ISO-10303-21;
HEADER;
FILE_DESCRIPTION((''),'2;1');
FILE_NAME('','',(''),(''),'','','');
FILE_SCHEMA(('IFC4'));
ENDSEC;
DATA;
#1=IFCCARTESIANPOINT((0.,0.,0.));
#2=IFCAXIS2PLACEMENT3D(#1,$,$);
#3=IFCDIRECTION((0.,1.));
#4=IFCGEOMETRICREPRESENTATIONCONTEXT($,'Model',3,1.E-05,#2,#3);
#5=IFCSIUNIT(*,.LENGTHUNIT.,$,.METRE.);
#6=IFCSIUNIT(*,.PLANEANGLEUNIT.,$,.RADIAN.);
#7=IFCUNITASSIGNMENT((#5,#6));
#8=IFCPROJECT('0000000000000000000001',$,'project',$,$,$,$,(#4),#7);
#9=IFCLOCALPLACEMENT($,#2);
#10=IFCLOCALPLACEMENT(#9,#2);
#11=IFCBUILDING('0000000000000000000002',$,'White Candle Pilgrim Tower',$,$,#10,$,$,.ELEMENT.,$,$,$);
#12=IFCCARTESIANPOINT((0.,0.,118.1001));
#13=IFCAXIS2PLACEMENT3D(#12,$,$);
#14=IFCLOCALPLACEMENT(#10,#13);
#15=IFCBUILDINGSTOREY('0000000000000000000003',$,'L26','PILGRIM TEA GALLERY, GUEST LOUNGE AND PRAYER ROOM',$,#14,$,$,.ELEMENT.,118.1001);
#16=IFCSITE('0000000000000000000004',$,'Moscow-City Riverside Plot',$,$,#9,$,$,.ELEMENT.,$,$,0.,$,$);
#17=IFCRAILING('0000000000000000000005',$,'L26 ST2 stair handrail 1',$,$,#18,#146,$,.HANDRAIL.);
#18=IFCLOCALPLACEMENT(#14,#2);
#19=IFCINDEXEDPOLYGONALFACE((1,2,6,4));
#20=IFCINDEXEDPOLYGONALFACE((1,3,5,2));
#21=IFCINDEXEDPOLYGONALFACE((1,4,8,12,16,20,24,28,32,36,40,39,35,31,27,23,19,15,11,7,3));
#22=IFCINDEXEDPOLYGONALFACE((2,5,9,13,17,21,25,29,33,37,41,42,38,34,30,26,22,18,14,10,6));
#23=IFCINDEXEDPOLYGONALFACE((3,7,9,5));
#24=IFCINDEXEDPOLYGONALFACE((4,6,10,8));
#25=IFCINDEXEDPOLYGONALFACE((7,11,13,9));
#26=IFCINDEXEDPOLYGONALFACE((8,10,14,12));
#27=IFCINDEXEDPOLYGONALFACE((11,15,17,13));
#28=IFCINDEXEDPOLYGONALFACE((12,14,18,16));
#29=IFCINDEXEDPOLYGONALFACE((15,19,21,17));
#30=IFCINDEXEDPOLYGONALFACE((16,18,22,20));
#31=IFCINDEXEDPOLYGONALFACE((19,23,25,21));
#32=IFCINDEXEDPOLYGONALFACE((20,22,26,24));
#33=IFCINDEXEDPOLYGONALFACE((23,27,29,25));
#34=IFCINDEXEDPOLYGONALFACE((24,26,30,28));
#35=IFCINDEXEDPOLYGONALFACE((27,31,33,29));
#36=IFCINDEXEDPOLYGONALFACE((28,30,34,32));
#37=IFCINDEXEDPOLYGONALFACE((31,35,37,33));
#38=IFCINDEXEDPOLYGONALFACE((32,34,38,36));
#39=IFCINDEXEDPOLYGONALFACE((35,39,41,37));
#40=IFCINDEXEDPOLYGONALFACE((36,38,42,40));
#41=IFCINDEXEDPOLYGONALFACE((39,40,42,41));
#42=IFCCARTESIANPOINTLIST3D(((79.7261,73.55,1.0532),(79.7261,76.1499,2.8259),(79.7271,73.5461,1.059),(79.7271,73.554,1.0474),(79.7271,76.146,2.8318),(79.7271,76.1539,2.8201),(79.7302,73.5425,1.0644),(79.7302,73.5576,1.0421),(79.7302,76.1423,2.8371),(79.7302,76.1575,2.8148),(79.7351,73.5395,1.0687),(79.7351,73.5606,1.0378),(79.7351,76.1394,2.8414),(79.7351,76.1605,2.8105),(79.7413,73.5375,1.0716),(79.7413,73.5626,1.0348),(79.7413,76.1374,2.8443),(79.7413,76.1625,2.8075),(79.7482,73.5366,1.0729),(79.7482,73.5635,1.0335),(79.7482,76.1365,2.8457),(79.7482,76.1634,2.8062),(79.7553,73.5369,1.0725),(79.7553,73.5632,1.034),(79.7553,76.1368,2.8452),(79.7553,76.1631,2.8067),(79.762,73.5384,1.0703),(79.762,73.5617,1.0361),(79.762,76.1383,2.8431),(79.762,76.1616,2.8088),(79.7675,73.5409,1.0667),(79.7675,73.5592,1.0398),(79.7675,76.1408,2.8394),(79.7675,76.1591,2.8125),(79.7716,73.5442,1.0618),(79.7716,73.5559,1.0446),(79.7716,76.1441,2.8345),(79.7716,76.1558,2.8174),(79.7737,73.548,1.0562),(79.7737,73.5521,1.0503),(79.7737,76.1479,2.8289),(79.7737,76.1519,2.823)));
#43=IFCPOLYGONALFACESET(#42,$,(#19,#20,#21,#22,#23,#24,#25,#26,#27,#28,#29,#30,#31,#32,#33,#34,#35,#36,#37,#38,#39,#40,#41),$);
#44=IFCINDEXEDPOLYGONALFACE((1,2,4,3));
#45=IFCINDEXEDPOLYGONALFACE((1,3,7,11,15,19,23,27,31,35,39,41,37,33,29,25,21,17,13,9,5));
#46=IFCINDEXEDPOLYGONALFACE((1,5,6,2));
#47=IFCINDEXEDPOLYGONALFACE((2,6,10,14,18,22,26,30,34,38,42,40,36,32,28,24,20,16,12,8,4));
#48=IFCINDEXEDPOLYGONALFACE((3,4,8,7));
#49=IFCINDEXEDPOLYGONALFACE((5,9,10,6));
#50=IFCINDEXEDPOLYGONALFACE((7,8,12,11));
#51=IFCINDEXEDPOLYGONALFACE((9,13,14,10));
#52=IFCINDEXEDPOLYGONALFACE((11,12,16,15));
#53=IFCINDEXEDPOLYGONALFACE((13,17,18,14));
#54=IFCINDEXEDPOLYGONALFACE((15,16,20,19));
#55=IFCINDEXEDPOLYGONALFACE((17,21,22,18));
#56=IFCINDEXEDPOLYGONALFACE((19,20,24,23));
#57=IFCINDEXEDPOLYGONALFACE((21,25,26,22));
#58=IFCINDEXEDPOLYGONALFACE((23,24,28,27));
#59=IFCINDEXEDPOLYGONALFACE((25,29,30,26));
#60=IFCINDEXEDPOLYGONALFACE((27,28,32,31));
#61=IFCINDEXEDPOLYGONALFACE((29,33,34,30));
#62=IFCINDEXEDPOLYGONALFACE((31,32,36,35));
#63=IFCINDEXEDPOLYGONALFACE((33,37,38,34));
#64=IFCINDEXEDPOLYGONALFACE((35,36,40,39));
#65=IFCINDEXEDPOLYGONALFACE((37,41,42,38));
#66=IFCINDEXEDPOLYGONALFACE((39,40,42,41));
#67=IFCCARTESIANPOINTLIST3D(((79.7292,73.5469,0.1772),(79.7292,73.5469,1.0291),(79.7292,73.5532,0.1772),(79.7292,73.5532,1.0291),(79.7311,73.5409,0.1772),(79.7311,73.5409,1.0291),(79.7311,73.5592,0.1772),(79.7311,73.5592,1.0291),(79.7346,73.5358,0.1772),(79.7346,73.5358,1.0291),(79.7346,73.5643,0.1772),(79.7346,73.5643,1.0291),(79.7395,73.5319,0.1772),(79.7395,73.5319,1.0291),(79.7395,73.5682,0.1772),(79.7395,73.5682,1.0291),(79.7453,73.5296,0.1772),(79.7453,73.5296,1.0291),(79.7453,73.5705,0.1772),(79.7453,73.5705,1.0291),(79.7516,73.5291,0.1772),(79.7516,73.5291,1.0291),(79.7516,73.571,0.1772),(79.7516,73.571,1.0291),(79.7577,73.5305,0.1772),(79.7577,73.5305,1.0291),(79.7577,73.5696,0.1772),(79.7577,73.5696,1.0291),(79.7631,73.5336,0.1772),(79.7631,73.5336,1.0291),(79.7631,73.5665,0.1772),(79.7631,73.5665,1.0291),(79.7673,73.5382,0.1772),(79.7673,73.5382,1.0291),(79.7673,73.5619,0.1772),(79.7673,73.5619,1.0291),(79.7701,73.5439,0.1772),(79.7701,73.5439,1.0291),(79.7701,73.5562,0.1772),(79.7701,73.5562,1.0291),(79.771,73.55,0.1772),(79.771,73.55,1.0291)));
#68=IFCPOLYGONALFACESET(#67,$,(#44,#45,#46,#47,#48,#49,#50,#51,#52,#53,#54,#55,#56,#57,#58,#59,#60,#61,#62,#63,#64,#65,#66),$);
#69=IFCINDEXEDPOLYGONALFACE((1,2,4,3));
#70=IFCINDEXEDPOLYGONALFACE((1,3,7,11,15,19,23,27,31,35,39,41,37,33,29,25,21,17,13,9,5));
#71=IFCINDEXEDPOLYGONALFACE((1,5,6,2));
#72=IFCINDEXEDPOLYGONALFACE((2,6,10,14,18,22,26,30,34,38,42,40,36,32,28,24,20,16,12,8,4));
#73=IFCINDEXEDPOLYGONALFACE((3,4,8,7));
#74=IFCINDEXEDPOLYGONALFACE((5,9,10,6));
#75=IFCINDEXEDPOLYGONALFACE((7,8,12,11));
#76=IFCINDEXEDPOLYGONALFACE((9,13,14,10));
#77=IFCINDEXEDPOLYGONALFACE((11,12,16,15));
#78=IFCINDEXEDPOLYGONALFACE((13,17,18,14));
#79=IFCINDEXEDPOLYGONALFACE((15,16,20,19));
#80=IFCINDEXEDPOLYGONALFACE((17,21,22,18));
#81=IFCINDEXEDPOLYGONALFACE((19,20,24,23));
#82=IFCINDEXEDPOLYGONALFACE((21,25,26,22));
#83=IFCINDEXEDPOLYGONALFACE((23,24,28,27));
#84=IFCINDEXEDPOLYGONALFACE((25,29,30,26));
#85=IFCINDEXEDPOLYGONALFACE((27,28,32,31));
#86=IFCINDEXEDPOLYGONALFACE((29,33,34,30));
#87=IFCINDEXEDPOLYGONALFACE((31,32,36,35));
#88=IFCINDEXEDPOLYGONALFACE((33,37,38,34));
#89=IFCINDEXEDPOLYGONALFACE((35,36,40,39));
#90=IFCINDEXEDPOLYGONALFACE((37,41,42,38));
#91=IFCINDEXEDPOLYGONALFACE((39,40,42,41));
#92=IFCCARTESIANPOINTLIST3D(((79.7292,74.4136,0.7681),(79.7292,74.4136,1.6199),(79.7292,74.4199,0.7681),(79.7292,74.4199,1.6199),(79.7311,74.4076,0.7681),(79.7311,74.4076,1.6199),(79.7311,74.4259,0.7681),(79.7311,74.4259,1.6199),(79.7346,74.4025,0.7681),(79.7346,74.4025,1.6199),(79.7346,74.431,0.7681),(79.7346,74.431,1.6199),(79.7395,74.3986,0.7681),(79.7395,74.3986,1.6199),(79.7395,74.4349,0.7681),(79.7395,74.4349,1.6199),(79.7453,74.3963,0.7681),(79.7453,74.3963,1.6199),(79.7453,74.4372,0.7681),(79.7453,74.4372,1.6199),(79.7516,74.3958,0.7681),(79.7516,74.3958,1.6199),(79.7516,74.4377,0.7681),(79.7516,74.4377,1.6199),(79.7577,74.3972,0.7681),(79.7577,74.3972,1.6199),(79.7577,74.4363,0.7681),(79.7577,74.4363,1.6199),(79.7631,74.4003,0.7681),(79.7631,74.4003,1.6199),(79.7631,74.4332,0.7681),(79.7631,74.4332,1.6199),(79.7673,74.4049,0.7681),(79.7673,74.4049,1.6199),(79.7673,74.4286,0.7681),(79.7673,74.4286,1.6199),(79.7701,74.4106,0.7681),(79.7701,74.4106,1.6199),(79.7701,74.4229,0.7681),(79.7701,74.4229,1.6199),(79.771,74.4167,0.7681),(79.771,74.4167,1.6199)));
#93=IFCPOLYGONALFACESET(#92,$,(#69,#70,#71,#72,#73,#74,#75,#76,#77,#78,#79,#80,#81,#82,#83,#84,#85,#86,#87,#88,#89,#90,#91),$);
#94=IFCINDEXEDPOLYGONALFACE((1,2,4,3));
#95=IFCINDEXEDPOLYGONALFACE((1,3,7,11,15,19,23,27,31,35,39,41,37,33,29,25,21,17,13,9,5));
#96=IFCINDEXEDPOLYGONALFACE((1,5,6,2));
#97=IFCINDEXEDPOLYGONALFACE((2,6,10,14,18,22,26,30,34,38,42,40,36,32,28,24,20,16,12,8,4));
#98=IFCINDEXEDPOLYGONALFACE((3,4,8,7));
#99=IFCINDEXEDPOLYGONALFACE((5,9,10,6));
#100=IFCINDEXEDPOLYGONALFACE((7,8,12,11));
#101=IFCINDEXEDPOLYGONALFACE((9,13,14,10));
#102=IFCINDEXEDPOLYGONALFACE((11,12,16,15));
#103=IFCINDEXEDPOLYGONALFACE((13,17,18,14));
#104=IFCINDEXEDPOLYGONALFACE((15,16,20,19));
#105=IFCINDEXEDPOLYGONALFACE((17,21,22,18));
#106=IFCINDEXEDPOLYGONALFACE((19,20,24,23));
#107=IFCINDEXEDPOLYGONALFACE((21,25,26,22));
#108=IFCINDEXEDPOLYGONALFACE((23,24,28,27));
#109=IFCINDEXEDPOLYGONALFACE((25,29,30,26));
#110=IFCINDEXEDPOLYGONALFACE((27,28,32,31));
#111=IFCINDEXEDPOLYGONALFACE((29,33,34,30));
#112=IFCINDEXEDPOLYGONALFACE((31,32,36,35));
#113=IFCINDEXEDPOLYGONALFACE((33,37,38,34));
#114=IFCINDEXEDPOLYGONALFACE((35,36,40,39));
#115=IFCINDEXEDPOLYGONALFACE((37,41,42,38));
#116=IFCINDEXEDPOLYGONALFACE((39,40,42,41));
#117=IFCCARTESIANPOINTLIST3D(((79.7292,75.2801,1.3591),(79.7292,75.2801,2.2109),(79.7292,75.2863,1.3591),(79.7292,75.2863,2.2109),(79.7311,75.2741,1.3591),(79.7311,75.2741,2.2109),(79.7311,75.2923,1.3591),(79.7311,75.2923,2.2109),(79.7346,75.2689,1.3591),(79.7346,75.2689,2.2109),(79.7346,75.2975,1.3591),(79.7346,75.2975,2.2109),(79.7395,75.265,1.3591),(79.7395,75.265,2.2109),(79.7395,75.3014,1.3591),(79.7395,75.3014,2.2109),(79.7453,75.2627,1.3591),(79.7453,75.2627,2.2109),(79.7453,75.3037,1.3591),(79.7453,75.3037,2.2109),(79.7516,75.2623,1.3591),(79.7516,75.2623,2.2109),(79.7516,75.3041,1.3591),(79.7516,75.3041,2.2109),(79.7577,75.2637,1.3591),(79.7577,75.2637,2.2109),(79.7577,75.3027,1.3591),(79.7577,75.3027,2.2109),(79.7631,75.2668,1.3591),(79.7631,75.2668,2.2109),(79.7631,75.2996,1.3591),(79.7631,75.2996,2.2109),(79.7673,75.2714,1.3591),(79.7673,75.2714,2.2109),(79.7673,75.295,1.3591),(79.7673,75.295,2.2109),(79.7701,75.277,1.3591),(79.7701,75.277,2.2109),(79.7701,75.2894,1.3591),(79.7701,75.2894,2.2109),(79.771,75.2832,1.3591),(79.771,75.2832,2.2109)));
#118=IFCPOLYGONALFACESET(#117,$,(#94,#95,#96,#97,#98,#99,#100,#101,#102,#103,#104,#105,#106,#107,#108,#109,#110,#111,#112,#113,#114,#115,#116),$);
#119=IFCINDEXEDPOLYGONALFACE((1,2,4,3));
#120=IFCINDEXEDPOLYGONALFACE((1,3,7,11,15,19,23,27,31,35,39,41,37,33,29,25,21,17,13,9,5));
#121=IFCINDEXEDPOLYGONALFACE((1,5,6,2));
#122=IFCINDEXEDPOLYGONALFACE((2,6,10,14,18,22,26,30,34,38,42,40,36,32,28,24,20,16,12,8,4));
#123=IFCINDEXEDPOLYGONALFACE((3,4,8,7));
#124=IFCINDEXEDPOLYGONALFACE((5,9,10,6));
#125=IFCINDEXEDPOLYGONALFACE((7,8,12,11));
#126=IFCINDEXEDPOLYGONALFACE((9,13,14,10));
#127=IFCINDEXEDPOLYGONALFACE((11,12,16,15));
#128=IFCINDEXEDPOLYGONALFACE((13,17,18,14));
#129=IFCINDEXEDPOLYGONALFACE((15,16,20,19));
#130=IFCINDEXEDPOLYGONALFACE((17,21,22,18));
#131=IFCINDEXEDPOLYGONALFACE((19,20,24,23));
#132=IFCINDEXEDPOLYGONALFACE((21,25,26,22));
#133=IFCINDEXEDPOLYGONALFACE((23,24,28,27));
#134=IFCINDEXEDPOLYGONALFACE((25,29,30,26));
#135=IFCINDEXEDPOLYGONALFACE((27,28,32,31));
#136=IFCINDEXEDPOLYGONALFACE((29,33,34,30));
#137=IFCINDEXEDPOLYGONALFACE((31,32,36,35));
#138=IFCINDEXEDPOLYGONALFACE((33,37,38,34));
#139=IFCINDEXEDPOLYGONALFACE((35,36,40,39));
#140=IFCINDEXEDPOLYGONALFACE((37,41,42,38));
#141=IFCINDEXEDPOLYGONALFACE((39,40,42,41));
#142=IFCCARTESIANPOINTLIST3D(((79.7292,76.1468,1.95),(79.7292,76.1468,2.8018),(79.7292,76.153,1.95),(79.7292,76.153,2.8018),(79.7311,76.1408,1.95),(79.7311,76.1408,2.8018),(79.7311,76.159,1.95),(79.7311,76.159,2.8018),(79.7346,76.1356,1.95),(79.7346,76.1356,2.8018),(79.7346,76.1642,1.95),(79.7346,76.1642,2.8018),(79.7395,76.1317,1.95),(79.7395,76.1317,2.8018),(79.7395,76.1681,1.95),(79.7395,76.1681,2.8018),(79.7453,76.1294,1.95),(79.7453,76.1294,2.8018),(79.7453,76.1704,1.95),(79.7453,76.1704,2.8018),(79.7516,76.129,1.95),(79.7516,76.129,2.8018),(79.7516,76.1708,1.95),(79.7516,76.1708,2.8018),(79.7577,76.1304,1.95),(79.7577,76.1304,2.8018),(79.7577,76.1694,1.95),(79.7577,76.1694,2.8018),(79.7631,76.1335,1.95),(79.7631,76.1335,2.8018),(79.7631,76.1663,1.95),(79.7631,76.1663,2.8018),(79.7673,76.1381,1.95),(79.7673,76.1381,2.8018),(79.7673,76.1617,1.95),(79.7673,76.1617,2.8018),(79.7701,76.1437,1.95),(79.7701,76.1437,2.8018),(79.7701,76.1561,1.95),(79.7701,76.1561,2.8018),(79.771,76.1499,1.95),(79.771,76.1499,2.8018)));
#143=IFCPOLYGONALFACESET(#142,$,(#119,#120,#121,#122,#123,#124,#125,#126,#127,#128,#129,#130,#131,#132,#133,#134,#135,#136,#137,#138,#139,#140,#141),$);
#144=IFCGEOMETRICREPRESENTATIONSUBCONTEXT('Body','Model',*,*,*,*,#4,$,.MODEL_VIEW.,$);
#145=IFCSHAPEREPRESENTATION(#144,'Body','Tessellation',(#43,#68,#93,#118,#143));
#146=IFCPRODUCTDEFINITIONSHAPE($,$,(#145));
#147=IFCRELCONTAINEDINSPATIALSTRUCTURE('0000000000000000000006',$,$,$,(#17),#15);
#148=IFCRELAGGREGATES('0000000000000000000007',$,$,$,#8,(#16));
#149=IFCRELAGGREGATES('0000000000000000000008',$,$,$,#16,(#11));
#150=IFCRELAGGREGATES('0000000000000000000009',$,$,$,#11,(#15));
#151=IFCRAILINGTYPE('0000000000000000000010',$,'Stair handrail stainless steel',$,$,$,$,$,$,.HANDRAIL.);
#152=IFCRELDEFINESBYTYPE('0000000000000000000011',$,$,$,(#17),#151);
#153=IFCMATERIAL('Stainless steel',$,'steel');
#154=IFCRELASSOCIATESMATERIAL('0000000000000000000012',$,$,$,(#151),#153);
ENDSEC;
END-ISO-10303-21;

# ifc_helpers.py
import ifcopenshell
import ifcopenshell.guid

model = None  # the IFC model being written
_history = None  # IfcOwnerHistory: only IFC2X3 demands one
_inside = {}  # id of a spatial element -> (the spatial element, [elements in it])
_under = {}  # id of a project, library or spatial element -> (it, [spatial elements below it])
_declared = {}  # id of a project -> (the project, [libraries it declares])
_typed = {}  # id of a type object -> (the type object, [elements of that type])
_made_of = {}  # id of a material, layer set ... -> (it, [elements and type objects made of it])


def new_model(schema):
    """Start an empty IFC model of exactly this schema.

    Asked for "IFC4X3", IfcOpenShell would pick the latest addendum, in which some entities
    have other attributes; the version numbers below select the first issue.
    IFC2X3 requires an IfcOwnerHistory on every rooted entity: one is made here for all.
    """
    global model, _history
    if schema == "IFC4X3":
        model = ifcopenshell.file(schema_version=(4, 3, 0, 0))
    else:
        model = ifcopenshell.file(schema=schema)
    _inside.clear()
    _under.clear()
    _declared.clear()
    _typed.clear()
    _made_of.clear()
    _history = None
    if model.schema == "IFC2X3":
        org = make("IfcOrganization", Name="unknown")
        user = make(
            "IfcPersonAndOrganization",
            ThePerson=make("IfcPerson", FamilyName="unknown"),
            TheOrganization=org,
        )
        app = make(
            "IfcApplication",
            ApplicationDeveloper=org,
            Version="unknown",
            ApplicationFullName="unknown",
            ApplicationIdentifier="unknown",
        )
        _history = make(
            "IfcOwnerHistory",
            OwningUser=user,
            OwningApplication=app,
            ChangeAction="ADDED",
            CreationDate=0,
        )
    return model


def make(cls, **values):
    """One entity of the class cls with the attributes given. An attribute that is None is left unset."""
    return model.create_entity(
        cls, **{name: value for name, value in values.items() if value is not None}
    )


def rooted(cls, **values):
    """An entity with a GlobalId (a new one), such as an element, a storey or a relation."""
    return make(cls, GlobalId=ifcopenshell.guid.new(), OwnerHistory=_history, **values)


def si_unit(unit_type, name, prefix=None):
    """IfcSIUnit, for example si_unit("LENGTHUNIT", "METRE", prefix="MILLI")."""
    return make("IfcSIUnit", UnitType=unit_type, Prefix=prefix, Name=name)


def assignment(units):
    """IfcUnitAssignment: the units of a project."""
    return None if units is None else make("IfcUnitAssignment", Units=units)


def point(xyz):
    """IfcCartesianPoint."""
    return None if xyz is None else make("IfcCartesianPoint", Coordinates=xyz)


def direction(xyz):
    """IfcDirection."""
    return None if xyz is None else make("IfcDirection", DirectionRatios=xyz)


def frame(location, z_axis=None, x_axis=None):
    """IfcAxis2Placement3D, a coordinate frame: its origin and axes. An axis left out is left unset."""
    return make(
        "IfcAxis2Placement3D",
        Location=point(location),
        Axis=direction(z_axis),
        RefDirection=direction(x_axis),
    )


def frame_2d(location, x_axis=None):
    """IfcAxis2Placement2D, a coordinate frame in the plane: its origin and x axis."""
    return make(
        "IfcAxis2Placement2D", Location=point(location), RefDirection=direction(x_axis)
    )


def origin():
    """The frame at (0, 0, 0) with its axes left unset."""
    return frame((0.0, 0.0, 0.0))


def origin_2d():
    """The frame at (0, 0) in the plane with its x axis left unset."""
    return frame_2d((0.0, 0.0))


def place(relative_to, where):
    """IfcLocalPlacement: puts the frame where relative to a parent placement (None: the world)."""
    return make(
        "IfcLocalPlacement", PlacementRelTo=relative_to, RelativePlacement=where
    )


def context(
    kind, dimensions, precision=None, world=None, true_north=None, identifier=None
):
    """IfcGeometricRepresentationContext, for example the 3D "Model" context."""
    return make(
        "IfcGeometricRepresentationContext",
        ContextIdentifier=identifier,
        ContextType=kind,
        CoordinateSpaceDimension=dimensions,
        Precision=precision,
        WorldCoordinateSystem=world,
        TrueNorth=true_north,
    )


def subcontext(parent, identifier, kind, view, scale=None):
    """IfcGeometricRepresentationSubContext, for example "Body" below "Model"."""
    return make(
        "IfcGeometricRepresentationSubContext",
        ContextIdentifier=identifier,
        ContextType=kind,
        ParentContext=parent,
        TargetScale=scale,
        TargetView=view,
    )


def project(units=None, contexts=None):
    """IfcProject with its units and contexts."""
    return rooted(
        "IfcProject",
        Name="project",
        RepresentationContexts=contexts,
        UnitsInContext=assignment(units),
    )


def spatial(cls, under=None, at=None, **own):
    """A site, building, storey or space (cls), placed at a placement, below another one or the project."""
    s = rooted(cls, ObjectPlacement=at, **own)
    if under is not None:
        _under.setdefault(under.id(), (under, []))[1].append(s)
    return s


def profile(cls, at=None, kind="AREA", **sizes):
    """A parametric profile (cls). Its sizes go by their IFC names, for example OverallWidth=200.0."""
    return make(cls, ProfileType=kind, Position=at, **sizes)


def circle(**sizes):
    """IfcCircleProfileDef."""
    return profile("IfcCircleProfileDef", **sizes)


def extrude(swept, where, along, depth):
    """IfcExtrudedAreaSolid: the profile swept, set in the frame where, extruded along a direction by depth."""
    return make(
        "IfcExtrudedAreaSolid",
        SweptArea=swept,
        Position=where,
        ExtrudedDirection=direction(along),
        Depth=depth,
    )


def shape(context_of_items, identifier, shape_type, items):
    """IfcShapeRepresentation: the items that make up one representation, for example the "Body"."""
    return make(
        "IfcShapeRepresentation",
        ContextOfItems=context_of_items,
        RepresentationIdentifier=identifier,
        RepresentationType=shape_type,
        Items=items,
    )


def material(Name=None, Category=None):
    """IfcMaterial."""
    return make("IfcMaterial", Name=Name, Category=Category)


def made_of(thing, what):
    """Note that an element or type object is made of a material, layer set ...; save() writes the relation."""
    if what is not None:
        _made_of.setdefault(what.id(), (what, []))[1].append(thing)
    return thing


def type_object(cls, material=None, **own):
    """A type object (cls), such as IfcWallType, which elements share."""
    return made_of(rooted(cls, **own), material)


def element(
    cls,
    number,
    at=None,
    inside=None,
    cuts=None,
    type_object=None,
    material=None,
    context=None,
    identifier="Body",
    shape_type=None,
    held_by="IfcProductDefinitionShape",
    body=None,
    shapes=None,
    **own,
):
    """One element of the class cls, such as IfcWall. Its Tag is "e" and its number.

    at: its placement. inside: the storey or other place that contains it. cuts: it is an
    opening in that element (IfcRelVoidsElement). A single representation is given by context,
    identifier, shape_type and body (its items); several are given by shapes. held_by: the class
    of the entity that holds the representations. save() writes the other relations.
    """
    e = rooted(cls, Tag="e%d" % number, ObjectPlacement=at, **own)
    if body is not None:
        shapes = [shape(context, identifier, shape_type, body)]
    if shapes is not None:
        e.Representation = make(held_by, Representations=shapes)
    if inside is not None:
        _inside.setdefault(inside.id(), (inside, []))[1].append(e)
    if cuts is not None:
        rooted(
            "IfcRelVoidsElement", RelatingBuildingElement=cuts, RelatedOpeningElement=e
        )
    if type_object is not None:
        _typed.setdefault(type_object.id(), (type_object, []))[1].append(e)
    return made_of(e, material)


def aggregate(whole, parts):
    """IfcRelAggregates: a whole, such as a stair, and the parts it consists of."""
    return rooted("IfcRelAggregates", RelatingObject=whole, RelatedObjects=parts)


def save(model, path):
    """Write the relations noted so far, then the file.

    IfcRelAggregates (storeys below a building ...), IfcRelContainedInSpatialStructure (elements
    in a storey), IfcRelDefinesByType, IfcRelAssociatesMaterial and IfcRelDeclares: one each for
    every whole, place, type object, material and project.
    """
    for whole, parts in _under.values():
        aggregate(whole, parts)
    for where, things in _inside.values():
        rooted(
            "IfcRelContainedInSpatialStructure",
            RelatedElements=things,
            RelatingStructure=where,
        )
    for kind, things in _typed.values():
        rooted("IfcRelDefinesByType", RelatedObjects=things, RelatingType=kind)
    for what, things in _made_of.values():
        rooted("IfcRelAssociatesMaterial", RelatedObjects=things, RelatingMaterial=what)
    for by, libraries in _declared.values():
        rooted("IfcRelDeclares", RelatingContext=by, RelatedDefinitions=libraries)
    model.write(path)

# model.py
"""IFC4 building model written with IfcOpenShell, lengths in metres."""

from ifc_helpers import new_model, si_unit, direction, frame, origin, origin_2d, place, context, subcontext, project, spatial, circle, extrude, material, type_object, element, save


model = new_model("IFC4")

# Units and contexts
model_context = context("Model", 3, precision=1e-05, world=origin(), true_north=direction((0.0, 1.0)))
body_context = subcontext(model_context, "Body", "Model", "MODEL_VIEW")
ifc_project = project(units=[si_unit("LENGTHUNIT", "METRE"), si_unit("PLANEANGLEUNIT", "RADIAN")], contexts=[model_context])

# Site, building, storey
site_placement = place(None, origin())
site = spatial("IfcSite", under=ifc_project, at=site_placement, Name="Moscow-City Riverside Plot", CompositionType="ELEMENT", RefElevation=0.0)
building_placement = place(site_placement, origin())
building = spatial("IfcBuilding", under=site, at=building_placement, Name="White Candle Pilgrim Tower", CompositionType="ELEMENT")
storey_placement = place(building_placement, frame((0.0, 0.0, 118.1001)))
storey = spatial("IfcBuildingStorey", under=building, at=storey_placement, Name="L26", Description="PILGRIM TEA GALLERY, GUEST LOUNGE AND PRAYER ROOM", CompositionType="ELEMENT", Elevation=118.1001)

# Railing
ifc_material_1 = material(Name="Stainless steel", Category="steel")
railing_type_1 = type_object("IfcRailingType", Name="Stair handrail stainless steel", PredefinedType="HANDRAIL", material=ifc_material_1)
railing_1_placement = place(storey_placement, frame((79.75, 73.55, 0.1772)))
element("IfcRailing", 1, at=railing_1_placement, inside=storey, type_object=railing_type_1, Name="L26 ST2 stair handrail 1", PredefinedType="HANDRAIL", context=body_context, shape_type="SweptSolid", body=[
    extrude(circle(Radius=0.0239, at=origin_2d()), frame((0.0, 0.0, 0.876), z_axis=(0.0, 0.826216, 0.563354), x_axis=(-1.0, 0.0, 0.0)), (0.0, 0.0, 1.0), 3.1467),
    extrude(circle(Radius=0.021, at=origin_2d()), origin(), (0.0, 0.0, 1.0), 0.8518),
    extrude(circle(Radius=0.021, at=origin_2d()), frame((0.0, 0.8667, 0.5908)), (0.0, 0.0, 1.0), 0.8518),
    extrude(circle(Radius=0.021, at=origin_2d()), frame((0.0, 1.7332, 1.1819)), (0.0, 0.0, 1.0), 0.8518),
    extrude(circle(Radius=0.021, at=origin_2d()), frame((0.0, 2.5999, 1.7727)), (0.0, 0.0, 1.0), 0.8518),
])

save(model, "model.ifc")
